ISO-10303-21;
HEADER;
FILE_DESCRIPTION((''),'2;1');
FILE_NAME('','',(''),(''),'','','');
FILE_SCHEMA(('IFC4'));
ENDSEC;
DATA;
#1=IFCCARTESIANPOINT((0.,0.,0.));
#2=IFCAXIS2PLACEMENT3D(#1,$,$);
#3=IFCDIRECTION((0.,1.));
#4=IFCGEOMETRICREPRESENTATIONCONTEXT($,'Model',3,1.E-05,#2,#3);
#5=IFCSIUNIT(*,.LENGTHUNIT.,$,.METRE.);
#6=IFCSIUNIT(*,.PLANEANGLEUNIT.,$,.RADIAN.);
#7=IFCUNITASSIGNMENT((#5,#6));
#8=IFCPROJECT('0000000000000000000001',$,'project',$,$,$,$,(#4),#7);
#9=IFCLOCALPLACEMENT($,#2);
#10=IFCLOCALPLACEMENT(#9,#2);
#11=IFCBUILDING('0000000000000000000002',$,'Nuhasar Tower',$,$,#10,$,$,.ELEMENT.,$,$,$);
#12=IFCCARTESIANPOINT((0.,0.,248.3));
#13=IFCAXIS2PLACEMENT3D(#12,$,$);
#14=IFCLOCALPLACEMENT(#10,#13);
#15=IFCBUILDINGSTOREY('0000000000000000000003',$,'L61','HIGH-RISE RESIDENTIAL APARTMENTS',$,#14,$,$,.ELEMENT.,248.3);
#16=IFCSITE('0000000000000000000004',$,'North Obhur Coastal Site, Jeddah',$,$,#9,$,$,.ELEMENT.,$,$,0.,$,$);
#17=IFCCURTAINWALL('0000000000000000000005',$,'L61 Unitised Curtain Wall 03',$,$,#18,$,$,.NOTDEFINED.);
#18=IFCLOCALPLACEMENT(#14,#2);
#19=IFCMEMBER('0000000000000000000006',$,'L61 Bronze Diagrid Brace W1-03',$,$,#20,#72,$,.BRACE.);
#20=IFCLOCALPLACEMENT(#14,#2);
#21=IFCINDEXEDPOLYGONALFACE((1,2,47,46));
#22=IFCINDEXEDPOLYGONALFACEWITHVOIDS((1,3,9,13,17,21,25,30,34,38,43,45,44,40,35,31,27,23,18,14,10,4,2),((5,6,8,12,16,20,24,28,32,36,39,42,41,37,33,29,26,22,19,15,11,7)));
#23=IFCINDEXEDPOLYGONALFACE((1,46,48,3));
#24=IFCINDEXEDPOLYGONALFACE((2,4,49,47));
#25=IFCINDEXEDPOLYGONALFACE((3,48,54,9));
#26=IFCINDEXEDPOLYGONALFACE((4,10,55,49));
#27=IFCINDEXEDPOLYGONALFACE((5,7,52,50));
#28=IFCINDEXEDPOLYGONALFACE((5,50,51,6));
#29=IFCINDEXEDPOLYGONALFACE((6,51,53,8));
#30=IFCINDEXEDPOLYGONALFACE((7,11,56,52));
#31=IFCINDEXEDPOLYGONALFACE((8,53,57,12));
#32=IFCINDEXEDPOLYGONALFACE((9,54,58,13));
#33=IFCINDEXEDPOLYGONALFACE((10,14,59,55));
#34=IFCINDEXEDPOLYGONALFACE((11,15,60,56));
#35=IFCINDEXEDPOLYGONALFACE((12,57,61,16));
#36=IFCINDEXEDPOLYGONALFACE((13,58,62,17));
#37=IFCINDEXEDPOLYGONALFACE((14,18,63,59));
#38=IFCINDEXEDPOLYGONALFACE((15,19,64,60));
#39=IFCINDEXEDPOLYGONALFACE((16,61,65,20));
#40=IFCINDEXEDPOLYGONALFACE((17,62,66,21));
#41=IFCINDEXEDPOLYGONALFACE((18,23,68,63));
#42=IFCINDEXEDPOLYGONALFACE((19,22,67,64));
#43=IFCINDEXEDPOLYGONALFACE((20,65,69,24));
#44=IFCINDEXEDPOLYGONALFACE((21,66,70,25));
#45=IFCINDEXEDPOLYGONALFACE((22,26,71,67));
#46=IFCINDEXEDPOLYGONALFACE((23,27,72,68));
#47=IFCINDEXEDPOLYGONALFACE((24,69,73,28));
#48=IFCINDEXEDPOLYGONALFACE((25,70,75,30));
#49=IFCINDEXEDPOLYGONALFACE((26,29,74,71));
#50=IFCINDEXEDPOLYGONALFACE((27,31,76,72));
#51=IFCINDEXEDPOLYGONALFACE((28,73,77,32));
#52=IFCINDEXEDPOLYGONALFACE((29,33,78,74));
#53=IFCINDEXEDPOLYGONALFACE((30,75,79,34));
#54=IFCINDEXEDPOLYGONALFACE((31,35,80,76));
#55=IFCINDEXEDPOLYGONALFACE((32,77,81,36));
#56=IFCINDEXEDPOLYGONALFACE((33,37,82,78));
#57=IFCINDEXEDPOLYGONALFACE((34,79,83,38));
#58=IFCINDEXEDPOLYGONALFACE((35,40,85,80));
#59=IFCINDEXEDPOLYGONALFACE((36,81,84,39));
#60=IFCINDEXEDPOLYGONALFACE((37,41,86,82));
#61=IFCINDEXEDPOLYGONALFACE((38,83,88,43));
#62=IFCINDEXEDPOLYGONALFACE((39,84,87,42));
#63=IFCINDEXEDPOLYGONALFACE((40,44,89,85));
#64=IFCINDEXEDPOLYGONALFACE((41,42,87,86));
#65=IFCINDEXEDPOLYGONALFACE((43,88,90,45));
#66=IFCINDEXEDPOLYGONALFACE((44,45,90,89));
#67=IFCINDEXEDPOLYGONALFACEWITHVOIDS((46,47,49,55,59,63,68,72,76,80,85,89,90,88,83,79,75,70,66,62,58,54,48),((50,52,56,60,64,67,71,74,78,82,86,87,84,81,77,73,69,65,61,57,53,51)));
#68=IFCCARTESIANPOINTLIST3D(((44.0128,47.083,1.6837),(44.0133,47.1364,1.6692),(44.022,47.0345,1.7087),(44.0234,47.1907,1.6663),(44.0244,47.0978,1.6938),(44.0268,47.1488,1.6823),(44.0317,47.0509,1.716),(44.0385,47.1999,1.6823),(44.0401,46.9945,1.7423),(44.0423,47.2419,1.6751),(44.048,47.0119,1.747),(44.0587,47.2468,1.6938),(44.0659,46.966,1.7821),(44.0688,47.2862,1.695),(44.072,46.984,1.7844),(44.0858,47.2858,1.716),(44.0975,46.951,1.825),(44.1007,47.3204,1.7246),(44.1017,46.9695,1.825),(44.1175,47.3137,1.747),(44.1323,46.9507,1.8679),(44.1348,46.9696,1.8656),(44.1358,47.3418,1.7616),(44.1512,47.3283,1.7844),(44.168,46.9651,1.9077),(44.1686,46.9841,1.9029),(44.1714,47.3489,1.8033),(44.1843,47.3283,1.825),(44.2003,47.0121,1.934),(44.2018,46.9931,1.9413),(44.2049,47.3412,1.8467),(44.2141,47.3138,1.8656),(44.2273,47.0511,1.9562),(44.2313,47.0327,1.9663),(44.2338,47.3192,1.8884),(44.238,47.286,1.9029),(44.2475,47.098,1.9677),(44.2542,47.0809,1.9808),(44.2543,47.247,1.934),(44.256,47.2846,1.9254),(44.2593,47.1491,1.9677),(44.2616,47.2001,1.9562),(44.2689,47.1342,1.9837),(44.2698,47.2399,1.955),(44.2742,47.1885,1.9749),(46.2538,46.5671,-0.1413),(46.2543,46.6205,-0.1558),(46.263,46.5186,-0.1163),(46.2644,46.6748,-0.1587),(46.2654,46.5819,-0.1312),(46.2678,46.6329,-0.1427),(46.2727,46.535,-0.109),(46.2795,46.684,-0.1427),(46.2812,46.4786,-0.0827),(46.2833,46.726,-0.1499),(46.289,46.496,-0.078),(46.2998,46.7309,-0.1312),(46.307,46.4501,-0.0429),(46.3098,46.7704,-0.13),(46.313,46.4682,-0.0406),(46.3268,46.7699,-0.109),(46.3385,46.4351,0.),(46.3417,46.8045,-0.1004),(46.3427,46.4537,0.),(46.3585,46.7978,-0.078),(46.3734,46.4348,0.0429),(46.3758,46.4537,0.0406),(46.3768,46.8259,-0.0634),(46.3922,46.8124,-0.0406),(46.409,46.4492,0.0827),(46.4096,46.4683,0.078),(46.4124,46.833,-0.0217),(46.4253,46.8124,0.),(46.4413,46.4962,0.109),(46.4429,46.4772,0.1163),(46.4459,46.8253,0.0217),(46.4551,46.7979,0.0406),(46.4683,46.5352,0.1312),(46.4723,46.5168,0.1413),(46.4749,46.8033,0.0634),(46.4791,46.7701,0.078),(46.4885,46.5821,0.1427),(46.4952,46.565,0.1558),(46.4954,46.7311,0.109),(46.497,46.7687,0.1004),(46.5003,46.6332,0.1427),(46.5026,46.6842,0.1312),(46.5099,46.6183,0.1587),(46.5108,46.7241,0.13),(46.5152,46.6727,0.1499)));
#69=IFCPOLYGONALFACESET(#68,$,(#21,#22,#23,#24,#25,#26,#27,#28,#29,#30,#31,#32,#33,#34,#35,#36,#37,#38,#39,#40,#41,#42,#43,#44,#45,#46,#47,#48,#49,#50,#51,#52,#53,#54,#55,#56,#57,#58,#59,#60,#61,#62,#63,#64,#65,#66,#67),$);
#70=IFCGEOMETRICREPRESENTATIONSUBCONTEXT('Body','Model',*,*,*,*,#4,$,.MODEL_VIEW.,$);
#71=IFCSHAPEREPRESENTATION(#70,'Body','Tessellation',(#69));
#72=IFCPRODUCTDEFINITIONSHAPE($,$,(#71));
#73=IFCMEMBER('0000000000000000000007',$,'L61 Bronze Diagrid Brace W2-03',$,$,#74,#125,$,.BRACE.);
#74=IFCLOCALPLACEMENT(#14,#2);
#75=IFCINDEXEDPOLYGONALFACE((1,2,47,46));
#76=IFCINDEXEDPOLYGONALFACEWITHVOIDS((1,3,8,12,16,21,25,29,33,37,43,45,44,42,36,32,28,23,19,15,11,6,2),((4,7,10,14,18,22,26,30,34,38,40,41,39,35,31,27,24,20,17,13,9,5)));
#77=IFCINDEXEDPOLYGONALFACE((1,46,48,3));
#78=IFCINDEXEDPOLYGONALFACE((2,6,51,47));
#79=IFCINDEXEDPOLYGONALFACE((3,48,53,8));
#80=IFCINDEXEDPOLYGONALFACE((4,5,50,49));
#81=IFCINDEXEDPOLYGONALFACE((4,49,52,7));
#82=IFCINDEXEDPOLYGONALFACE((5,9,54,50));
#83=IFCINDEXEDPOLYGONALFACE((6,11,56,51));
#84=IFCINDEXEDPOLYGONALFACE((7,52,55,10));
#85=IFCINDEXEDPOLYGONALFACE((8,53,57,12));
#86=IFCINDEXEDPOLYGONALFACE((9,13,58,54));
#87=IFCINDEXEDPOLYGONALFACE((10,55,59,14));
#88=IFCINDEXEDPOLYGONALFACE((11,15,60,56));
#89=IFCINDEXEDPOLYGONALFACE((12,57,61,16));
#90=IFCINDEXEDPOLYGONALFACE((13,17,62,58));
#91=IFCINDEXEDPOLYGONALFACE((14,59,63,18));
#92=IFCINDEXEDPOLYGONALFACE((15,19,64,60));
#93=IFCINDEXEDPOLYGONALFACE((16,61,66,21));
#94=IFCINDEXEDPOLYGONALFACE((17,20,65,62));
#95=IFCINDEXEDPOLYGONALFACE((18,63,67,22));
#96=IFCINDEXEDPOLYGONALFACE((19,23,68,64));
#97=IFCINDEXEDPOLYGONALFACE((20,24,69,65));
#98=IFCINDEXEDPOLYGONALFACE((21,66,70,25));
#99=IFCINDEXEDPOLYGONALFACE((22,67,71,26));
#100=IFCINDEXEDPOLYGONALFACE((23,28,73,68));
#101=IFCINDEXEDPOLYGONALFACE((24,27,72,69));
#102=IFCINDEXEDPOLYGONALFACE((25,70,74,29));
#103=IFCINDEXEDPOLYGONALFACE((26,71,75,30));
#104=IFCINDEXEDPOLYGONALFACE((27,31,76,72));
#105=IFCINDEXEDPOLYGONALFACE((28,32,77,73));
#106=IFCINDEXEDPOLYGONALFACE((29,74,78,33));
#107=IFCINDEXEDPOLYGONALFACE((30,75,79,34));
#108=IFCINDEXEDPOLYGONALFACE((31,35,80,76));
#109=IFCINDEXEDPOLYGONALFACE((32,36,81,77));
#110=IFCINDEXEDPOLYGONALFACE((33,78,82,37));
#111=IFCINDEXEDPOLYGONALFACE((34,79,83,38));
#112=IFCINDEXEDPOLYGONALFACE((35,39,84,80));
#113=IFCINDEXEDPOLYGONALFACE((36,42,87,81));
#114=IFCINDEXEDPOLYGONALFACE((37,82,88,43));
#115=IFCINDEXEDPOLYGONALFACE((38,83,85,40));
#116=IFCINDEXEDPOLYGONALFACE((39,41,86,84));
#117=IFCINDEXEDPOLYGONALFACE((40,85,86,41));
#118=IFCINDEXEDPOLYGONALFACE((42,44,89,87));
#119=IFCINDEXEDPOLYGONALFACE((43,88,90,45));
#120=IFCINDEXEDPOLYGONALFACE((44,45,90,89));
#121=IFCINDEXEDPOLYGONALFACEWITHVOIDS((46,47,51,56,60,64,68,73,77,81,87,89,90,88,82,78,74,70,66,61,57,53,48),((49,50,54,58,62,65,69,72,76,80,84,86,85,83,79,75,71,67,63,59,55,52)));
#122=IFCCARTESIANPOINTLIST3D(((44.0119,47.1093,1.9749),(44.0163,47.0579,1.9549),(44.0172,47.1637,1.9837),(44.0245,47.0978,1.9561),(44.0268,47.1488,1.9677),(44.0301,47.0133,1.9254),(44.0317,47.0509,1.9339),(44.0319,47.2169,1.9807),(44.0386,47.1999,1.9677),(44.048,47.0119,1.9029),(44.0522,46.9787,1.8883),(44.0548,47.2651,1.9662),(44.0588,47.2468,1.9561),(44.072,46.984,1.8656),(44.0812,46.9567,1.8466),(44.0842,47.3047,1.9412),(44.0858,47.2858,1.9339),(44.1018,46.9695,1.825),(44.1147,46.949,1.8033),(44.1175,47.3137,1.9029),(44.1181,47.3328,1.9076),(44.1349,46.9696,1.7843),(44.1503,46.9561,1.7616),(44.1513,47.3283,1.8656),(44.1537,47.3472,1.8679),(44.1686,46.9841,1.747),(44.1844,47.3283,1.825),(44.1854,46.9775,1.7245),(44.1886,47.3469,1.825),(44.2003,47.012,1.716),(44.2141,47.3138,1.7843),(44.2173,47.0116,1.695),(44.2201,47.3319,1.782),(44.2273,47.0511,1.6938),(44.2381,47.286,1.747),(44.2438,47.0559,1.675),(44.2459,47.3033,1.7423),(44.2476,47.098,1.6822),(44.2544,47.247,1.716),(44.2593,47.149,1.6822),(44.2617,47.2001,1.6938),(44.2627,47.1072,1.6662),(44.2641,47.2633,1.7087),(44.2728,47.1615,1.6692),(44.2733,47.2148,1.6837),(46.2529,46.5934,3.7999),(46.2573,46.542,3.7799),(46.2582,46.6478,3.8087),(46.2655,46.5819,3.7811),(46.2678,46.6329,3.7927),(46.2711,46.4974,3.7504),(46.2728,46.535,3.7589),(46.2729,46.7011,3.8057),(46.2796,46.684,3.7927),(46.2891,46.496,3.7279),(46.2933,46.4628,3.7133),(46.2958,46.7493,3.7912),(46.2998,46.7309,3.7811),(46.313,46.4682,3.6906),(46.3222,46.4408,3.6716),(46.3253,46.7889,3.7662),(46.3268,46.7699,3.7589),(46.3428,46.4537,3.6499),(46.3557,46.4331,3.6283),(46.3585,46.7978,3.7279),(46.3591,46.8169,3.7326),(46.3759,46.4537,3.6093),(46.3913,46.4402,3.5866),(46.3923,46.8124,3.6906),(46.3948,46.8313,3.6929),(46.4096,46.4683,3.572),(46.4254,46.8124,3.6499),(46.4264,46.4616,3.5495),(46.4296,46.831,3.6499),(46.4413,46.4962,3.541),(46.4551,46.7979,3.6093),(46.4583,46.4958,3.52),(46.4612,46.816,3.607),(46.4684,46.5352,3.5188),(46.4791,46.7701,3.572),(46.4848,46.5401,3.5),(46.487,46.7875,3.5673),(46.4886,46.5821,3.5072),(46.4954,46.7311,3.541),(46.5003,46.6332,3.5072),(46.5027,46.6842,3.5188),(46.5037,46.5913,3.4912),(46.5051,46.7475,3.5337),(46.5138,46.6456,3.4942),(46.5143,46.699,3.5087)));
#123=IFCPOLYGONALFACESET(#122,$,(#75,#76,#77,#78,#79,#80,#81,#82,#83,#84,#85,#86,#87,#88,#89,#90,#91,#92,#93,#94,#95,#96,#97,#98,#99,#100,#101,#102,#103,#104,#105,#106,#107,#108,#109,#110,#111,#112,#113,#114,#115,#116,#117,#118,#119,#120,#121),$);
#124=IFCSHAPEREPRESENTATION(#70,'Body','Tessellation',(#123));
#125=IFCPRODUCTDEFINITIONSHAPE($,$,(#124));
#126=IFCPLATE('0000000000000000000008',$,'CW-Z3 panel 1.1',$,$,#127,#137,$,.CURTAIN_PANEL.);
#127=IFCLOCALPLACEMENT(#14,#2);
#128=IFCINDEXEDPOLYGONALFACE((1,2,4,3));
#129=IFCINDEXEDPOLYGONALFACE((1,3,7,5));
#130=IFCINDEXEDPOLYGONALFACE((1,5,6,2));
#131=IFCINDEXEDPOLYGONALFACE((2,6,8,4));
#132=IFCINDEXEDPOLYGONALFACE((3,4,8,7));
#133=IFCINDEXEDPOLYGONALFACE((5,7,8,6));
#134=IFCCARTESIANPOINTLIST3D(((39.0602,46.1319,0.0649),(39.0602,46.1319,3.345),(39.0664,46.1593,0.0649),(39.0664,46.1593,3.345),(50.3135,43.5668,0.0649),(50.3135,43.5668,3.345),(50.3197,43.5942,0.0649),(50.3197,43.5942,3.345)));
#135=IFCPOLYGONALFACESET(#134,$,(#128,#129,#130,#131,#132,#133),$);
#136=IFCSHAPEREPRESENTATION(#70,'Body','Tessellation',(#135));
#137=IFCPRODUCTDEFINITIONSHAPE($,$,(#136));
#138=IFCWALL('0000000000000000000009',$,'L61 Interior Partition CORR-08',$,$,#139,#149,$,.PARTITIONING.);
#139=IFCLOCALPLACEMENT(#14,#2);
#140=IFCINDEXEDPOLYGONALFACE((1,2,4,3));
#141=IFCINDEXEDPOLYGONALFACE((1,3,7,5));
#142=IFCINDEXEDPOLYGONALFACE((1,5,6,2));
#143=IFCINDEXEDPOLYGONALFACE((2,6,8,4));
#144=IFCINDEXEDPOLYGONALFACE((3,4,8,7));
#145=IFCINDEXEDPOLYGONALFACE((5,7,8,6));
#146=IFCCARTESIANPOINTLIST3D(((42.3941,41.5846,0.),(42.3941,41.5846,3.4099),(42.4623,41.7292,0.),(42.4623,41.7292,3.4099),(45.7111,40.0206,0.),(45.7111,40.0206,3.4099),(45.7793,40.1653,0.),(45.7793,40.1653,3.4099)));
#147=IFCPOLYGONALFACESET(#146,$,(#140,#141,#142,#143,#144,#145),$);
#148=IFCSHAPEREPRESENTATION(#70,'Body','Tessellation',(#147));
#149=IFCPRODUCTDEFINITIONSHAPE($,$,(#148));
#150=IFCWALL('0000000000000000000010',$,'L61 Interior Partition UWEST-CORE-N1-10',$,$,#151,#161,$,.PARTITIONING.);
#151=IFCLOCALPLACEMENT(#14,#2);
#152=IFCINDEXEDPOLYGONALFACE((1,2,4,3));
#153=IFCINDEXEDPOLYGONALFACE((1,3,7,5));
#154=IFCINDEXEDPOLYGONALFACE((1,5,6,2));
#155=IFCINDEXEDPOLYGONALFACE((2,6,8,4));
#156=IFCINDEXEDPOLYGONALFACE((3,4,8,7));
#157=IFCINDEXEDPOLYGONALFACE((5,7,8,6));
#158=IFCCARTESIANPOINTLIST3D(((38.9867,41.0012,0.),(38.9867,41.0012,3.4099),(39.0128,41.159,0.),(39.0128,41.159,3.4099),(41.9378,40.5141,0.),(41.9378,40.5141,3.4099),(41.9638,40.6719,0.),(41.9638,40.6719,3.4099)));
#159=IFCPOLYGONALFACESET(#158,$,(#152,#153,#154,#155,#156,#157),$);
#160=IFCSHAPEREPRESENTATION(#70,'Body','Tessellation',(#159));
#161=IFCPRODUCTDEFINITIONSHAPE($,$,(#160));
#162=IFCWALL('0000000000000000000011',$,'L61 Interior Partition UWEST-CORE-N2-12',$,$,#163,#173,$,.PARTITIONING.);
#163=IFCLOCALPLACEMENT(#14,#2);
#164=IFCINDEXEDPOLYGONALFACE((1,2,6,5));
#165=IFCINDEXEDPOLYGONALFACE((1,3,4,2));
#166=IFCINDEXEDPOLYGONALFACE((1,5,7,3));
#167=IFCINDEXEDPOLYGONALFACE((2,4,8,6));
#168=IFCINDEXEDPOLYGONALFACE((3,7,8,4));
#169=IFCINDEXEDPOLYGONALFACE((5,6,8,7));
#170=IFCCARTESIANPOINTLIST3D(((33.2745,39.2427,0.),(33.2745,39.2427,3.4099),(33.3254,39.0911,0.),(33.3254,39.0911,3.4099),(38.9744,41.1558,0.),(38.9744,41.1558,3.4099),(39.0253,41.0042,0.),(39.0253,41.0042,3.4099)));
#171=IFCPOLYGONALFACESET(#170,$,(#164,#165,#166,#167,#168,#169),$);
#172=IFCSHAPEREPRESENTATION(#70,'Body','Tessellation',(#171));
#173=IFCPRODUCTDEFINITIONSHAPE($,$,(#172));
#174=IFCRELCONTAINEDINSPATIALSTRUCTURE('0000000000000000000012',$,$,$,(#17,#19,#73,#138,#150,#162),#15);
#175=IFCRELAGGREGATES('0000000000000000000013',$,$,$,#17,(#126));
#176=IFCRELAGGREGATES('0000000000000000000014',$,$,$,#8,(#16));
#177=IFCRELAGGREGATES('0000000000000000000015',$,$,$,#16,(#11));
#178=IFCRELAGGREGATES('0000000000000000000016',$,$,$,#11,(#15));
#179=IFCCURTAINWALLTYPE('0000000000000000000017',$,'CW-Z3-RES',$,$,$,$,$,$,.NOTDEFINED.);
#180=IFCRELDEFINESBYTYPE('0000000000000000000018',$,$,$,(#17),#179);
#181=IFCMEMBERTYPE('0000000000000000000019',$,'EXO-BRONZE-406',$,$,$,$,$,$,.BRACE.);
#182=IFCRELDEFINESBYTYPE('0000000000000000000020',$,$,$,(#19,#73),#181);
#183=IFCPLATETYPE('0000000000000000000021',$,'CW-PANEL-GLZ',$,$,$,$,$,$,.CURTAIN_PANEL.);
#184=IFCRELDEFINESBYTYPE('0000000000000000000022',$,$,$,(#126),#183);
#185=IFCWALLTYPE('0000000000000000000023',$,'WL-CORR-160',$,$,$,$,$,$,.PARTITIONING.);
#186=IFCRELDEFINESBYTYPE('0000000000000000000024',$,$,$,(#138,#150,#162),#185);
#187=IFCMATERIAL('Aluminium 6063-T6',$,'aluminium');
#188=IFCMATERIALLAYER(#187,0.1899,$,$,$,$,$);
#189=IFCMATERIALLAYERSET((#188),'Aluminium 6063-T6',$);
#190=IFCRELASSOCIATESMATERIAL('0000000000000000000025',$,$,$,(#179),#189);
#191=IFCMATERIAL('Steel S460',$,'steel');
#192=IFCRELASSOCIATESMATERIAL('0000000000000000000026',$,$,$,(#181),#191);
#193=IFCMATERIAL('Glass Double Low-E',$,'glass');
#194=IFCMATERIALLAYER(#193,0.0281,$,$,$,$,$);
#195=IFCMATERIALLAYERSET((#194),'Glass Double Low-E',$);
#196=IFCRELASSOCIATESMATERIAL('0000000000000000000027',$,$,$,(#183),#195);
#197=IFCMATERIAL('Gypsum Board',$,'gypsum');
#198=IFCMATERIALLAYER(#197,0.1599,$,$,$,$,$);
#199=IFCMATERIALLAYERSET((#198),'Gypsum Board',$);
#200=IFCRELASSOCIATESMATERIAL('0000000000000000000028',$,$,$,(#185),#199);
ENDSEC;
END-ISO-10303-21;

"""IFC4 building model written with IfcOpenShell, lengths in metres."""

from ifc_helpers import new_model, si_unit, direction, frame, frame_2d, origin, origin_2d, place, context, subcontext, project, spatial, rectangle, hollow_circle, extrude, material, layer, layer_set, material_profile, profile_set, type_object, element, aggregate, save


model = new_model("IFC4")

# Units and contexts
model_context = context("Model", 3, precision=1e-05, world=origin(), true_north=direction((0.0, 1.0)))
body_context = subcontext(model_context, "Body", "Model", "MODEL_VIEW")
ifc_project = project(units=[si_unit("LENGTHUNIT", "METRE"), si_unit("PLANEANGLEUNIT", "RADIAN")], contexts=[model_context])

# Site, building, storey
site_placement = place(None, origin())
site = spatial("IfcSite", under=ifc_project, at=site_placement, Name="North Obhur Coastal Site, Jeddah", CompositionType="ELEMENT", RefElevation=0.0)
building_placement = place(site_placement, origin())
building = spatial("IfcBuilding", under=site, at=building_placement, Name="Nuhasar Tower", CompositionType="ELEMENT")
storey_placement = place(building_placement, frame((0.0, 0.0, 248.3)))
storey = spatial("IfcBuildingStorey", under=building, at=storey_placement, Name="L61", Description="HIGH-RISE RESIDENTIAL APARTMENTS", CompositionType="ELEMENT", Elevation=248.3)

# Curtain wall
ifc_material_1 = material(Name="Aluminium 6063-T6", Category="aluminium")
ifc_layer_1 = layer(ifc_material_1, 0.1899)
ifc_layer_set_1 = layer_set([ifc_layer_1], Name="Aluminium 6063-T6")
curtain_wall_type = type_object("IfcCurtainWallType", Name="CW-Z3-RES", PredefinedType="NOTDEFINED", material=ifc_layer_set_1)
curtain_wall_1_placement = place(storey_placement, origin())
curtain_wall_1 = element("IfcCurtainWall", 1, at=curtain_wall_1_placement, inside=storey, type_object=curtain_wall_type, Name="L61 Unitised Curtain Wall 03", PredefinedType="NOTDEFINED")

# Members
ifc_material_2 = material(Name="Steel S460", Category="steel")
ifc_material_profile_1 = material_profile(ifc_material_2, hollow_circle(Radius=0.2031, WallThickness=0.019, at=origin_2d()), Name="HSS406.4X19.1")
ifc_profile_set_1 = profile_set([ifc_material_profile_1], Name="Steel S460")
member_type_1 = type_object("IfcMemberType", Name="EXO-BRONZE-406", PredefinedType="BRACE", material=ifc_profile_set_1)
for number, where, z_axis, x_axis, name in (
    (2, (46.384, 46.6331, 0.0), (-0.763343, 0.175721, 0.621635), (-0.224332, -0.974513, 0.0), "L61 Bronze Diagrid Brace W1-03"),
    (3, (44.1431, 47.1489, 1.825), (0.763343, -0.175721, 0.621635), (0.224332, 0.974513, 0.0), "L61 Bronze Diagrid Brace W2-03"),
):
    element("IfcMember", number, at=place(storey_placement, frame(where, z_axis=z_axis, x_axis=x_axis)), inside=storey, type_object=member_type_1, Name=name, PredefinedType="BRACE", context=body_context, shape_type="SweptSolid", body=[
        extrude(hollow_circle(Radius=0.2031, WallThickness=0.019, at=origin_2d()), origin(), (0.0, 0.0, 1.0), 2.9358),
    ])

# Plate
ifc_material_3 = material(Name="Glass Double Low-E", Category="glass")
ifc_layer_2 = layer(ifc_material_3, 0.0281)
ifc_layer_set_2 = layer_set([ifc_layer_2], Name="Glass Double Low-E")
plate_type = type_object("IfcPlateType", Name="CW-PANEL-GLZ", PredefinedType="CURTAIN_PANEL", material=ifc_layer_set_2)
plate_placement = place(storey_placement, frame((44.6899, 44.863, 0.0649), z_axis=(0.0, 0.0, 1.0), x_axis=(-0.974991, 0.222243, 0.0)))
plate = element("IfcPlate", 4, at=plate_placement, type_object=plate_type, Name="CW-Z3 panel 1.1", PredefinedType="CURTAIN_PANEL", context=body_context, shape_type="SweptSolid", body=[
    extrude(rectangle(XDim=11.542, YDim=0.0281, at=origin_2d()), origin(), (0.0, 0.0, 1.0), 3.28),
])
aggregate(curtain_wall_1, [plate])

# Shared definitions
ifc_material_4 = material(Name="Gypsum Board", Category="gypsum")
ifc_layer_3 = layer(ifc_material_4, 0.1599)
ifc_layer_set_3 = layer_set([ifc_layer_3], Name="Gypsum Board")
wall_type_1 = type_object("IfcWallType", Name="WL-CORR-160", PredefinedType="PARTITIONING", material=ifc_layer_set_3)

# Walls
wall_1_placement = place(storey_placement, frame((45.7451, 40.093, 0.0), z_axis=(0.0, 0.0, 1.0), x_axis=(-0.904508, 0.426457, 0.0)))
element("IfcWall", 5, at=wall_1_placement, inside=storey, type_object=wall_type_1, Name="L61 Interior Partition CORR-08", PredefinedType="PARTITIONING", context=body_context, shape_type="SweptSolid", body=[
    extrude(rectangle(XDim=3.6672, YDim=0.1599, at=frame_2d((1.8335, 0.0))), origin(), (0.0, 0.0, 1.0), 3.4099),
])
wall_2_placement = place(storey_placement, frame((41.9509, 40.593, 0.0), z_axis=(0.0, 0.0, 1.0), x_axis=(-0.986651, 0.16285, 0.0)))
element("IfcWall", 6, at=wall_2_placement, inside=storey, type_object=wall_type_1, Name="L61 Interior Partition UWEST-CORE-N1-10", PredefinedType="PARTITIONING", context=body_context, shape_type="SweptSolid", body=[
    extrude(rectangle(XDim=2.991, YDim=0.1599, at=frame_2d((1.4956, 0.0))), origin(), (0.0, 0.0, 1.0), 3.4099),
])
wall_3_placement = place(storey_placement, frame((39.0, 41.0801, 0.0), z_axis=(0.0, 0.0, 1.0), x_axis=(-0.948028, -0.318188, 0.0)))
element("IfcWall", 7, at=wall_3_placement, inside=storey, type_object=wall_type_1, Name="L61 Interior Partition UWEST-CORE-N2-12", PredefinedType="PARTITIONING", context=body_context, shape_type="SweptSolid", body=[
    extrude(rectangle(XDim=6.0125, YDim=0.1599, at=frame_2d((3.0063, 0.0))), origin(), (0.0, 0.0, 1.0), 3.4099),
])

save(model, "model.ifc")
